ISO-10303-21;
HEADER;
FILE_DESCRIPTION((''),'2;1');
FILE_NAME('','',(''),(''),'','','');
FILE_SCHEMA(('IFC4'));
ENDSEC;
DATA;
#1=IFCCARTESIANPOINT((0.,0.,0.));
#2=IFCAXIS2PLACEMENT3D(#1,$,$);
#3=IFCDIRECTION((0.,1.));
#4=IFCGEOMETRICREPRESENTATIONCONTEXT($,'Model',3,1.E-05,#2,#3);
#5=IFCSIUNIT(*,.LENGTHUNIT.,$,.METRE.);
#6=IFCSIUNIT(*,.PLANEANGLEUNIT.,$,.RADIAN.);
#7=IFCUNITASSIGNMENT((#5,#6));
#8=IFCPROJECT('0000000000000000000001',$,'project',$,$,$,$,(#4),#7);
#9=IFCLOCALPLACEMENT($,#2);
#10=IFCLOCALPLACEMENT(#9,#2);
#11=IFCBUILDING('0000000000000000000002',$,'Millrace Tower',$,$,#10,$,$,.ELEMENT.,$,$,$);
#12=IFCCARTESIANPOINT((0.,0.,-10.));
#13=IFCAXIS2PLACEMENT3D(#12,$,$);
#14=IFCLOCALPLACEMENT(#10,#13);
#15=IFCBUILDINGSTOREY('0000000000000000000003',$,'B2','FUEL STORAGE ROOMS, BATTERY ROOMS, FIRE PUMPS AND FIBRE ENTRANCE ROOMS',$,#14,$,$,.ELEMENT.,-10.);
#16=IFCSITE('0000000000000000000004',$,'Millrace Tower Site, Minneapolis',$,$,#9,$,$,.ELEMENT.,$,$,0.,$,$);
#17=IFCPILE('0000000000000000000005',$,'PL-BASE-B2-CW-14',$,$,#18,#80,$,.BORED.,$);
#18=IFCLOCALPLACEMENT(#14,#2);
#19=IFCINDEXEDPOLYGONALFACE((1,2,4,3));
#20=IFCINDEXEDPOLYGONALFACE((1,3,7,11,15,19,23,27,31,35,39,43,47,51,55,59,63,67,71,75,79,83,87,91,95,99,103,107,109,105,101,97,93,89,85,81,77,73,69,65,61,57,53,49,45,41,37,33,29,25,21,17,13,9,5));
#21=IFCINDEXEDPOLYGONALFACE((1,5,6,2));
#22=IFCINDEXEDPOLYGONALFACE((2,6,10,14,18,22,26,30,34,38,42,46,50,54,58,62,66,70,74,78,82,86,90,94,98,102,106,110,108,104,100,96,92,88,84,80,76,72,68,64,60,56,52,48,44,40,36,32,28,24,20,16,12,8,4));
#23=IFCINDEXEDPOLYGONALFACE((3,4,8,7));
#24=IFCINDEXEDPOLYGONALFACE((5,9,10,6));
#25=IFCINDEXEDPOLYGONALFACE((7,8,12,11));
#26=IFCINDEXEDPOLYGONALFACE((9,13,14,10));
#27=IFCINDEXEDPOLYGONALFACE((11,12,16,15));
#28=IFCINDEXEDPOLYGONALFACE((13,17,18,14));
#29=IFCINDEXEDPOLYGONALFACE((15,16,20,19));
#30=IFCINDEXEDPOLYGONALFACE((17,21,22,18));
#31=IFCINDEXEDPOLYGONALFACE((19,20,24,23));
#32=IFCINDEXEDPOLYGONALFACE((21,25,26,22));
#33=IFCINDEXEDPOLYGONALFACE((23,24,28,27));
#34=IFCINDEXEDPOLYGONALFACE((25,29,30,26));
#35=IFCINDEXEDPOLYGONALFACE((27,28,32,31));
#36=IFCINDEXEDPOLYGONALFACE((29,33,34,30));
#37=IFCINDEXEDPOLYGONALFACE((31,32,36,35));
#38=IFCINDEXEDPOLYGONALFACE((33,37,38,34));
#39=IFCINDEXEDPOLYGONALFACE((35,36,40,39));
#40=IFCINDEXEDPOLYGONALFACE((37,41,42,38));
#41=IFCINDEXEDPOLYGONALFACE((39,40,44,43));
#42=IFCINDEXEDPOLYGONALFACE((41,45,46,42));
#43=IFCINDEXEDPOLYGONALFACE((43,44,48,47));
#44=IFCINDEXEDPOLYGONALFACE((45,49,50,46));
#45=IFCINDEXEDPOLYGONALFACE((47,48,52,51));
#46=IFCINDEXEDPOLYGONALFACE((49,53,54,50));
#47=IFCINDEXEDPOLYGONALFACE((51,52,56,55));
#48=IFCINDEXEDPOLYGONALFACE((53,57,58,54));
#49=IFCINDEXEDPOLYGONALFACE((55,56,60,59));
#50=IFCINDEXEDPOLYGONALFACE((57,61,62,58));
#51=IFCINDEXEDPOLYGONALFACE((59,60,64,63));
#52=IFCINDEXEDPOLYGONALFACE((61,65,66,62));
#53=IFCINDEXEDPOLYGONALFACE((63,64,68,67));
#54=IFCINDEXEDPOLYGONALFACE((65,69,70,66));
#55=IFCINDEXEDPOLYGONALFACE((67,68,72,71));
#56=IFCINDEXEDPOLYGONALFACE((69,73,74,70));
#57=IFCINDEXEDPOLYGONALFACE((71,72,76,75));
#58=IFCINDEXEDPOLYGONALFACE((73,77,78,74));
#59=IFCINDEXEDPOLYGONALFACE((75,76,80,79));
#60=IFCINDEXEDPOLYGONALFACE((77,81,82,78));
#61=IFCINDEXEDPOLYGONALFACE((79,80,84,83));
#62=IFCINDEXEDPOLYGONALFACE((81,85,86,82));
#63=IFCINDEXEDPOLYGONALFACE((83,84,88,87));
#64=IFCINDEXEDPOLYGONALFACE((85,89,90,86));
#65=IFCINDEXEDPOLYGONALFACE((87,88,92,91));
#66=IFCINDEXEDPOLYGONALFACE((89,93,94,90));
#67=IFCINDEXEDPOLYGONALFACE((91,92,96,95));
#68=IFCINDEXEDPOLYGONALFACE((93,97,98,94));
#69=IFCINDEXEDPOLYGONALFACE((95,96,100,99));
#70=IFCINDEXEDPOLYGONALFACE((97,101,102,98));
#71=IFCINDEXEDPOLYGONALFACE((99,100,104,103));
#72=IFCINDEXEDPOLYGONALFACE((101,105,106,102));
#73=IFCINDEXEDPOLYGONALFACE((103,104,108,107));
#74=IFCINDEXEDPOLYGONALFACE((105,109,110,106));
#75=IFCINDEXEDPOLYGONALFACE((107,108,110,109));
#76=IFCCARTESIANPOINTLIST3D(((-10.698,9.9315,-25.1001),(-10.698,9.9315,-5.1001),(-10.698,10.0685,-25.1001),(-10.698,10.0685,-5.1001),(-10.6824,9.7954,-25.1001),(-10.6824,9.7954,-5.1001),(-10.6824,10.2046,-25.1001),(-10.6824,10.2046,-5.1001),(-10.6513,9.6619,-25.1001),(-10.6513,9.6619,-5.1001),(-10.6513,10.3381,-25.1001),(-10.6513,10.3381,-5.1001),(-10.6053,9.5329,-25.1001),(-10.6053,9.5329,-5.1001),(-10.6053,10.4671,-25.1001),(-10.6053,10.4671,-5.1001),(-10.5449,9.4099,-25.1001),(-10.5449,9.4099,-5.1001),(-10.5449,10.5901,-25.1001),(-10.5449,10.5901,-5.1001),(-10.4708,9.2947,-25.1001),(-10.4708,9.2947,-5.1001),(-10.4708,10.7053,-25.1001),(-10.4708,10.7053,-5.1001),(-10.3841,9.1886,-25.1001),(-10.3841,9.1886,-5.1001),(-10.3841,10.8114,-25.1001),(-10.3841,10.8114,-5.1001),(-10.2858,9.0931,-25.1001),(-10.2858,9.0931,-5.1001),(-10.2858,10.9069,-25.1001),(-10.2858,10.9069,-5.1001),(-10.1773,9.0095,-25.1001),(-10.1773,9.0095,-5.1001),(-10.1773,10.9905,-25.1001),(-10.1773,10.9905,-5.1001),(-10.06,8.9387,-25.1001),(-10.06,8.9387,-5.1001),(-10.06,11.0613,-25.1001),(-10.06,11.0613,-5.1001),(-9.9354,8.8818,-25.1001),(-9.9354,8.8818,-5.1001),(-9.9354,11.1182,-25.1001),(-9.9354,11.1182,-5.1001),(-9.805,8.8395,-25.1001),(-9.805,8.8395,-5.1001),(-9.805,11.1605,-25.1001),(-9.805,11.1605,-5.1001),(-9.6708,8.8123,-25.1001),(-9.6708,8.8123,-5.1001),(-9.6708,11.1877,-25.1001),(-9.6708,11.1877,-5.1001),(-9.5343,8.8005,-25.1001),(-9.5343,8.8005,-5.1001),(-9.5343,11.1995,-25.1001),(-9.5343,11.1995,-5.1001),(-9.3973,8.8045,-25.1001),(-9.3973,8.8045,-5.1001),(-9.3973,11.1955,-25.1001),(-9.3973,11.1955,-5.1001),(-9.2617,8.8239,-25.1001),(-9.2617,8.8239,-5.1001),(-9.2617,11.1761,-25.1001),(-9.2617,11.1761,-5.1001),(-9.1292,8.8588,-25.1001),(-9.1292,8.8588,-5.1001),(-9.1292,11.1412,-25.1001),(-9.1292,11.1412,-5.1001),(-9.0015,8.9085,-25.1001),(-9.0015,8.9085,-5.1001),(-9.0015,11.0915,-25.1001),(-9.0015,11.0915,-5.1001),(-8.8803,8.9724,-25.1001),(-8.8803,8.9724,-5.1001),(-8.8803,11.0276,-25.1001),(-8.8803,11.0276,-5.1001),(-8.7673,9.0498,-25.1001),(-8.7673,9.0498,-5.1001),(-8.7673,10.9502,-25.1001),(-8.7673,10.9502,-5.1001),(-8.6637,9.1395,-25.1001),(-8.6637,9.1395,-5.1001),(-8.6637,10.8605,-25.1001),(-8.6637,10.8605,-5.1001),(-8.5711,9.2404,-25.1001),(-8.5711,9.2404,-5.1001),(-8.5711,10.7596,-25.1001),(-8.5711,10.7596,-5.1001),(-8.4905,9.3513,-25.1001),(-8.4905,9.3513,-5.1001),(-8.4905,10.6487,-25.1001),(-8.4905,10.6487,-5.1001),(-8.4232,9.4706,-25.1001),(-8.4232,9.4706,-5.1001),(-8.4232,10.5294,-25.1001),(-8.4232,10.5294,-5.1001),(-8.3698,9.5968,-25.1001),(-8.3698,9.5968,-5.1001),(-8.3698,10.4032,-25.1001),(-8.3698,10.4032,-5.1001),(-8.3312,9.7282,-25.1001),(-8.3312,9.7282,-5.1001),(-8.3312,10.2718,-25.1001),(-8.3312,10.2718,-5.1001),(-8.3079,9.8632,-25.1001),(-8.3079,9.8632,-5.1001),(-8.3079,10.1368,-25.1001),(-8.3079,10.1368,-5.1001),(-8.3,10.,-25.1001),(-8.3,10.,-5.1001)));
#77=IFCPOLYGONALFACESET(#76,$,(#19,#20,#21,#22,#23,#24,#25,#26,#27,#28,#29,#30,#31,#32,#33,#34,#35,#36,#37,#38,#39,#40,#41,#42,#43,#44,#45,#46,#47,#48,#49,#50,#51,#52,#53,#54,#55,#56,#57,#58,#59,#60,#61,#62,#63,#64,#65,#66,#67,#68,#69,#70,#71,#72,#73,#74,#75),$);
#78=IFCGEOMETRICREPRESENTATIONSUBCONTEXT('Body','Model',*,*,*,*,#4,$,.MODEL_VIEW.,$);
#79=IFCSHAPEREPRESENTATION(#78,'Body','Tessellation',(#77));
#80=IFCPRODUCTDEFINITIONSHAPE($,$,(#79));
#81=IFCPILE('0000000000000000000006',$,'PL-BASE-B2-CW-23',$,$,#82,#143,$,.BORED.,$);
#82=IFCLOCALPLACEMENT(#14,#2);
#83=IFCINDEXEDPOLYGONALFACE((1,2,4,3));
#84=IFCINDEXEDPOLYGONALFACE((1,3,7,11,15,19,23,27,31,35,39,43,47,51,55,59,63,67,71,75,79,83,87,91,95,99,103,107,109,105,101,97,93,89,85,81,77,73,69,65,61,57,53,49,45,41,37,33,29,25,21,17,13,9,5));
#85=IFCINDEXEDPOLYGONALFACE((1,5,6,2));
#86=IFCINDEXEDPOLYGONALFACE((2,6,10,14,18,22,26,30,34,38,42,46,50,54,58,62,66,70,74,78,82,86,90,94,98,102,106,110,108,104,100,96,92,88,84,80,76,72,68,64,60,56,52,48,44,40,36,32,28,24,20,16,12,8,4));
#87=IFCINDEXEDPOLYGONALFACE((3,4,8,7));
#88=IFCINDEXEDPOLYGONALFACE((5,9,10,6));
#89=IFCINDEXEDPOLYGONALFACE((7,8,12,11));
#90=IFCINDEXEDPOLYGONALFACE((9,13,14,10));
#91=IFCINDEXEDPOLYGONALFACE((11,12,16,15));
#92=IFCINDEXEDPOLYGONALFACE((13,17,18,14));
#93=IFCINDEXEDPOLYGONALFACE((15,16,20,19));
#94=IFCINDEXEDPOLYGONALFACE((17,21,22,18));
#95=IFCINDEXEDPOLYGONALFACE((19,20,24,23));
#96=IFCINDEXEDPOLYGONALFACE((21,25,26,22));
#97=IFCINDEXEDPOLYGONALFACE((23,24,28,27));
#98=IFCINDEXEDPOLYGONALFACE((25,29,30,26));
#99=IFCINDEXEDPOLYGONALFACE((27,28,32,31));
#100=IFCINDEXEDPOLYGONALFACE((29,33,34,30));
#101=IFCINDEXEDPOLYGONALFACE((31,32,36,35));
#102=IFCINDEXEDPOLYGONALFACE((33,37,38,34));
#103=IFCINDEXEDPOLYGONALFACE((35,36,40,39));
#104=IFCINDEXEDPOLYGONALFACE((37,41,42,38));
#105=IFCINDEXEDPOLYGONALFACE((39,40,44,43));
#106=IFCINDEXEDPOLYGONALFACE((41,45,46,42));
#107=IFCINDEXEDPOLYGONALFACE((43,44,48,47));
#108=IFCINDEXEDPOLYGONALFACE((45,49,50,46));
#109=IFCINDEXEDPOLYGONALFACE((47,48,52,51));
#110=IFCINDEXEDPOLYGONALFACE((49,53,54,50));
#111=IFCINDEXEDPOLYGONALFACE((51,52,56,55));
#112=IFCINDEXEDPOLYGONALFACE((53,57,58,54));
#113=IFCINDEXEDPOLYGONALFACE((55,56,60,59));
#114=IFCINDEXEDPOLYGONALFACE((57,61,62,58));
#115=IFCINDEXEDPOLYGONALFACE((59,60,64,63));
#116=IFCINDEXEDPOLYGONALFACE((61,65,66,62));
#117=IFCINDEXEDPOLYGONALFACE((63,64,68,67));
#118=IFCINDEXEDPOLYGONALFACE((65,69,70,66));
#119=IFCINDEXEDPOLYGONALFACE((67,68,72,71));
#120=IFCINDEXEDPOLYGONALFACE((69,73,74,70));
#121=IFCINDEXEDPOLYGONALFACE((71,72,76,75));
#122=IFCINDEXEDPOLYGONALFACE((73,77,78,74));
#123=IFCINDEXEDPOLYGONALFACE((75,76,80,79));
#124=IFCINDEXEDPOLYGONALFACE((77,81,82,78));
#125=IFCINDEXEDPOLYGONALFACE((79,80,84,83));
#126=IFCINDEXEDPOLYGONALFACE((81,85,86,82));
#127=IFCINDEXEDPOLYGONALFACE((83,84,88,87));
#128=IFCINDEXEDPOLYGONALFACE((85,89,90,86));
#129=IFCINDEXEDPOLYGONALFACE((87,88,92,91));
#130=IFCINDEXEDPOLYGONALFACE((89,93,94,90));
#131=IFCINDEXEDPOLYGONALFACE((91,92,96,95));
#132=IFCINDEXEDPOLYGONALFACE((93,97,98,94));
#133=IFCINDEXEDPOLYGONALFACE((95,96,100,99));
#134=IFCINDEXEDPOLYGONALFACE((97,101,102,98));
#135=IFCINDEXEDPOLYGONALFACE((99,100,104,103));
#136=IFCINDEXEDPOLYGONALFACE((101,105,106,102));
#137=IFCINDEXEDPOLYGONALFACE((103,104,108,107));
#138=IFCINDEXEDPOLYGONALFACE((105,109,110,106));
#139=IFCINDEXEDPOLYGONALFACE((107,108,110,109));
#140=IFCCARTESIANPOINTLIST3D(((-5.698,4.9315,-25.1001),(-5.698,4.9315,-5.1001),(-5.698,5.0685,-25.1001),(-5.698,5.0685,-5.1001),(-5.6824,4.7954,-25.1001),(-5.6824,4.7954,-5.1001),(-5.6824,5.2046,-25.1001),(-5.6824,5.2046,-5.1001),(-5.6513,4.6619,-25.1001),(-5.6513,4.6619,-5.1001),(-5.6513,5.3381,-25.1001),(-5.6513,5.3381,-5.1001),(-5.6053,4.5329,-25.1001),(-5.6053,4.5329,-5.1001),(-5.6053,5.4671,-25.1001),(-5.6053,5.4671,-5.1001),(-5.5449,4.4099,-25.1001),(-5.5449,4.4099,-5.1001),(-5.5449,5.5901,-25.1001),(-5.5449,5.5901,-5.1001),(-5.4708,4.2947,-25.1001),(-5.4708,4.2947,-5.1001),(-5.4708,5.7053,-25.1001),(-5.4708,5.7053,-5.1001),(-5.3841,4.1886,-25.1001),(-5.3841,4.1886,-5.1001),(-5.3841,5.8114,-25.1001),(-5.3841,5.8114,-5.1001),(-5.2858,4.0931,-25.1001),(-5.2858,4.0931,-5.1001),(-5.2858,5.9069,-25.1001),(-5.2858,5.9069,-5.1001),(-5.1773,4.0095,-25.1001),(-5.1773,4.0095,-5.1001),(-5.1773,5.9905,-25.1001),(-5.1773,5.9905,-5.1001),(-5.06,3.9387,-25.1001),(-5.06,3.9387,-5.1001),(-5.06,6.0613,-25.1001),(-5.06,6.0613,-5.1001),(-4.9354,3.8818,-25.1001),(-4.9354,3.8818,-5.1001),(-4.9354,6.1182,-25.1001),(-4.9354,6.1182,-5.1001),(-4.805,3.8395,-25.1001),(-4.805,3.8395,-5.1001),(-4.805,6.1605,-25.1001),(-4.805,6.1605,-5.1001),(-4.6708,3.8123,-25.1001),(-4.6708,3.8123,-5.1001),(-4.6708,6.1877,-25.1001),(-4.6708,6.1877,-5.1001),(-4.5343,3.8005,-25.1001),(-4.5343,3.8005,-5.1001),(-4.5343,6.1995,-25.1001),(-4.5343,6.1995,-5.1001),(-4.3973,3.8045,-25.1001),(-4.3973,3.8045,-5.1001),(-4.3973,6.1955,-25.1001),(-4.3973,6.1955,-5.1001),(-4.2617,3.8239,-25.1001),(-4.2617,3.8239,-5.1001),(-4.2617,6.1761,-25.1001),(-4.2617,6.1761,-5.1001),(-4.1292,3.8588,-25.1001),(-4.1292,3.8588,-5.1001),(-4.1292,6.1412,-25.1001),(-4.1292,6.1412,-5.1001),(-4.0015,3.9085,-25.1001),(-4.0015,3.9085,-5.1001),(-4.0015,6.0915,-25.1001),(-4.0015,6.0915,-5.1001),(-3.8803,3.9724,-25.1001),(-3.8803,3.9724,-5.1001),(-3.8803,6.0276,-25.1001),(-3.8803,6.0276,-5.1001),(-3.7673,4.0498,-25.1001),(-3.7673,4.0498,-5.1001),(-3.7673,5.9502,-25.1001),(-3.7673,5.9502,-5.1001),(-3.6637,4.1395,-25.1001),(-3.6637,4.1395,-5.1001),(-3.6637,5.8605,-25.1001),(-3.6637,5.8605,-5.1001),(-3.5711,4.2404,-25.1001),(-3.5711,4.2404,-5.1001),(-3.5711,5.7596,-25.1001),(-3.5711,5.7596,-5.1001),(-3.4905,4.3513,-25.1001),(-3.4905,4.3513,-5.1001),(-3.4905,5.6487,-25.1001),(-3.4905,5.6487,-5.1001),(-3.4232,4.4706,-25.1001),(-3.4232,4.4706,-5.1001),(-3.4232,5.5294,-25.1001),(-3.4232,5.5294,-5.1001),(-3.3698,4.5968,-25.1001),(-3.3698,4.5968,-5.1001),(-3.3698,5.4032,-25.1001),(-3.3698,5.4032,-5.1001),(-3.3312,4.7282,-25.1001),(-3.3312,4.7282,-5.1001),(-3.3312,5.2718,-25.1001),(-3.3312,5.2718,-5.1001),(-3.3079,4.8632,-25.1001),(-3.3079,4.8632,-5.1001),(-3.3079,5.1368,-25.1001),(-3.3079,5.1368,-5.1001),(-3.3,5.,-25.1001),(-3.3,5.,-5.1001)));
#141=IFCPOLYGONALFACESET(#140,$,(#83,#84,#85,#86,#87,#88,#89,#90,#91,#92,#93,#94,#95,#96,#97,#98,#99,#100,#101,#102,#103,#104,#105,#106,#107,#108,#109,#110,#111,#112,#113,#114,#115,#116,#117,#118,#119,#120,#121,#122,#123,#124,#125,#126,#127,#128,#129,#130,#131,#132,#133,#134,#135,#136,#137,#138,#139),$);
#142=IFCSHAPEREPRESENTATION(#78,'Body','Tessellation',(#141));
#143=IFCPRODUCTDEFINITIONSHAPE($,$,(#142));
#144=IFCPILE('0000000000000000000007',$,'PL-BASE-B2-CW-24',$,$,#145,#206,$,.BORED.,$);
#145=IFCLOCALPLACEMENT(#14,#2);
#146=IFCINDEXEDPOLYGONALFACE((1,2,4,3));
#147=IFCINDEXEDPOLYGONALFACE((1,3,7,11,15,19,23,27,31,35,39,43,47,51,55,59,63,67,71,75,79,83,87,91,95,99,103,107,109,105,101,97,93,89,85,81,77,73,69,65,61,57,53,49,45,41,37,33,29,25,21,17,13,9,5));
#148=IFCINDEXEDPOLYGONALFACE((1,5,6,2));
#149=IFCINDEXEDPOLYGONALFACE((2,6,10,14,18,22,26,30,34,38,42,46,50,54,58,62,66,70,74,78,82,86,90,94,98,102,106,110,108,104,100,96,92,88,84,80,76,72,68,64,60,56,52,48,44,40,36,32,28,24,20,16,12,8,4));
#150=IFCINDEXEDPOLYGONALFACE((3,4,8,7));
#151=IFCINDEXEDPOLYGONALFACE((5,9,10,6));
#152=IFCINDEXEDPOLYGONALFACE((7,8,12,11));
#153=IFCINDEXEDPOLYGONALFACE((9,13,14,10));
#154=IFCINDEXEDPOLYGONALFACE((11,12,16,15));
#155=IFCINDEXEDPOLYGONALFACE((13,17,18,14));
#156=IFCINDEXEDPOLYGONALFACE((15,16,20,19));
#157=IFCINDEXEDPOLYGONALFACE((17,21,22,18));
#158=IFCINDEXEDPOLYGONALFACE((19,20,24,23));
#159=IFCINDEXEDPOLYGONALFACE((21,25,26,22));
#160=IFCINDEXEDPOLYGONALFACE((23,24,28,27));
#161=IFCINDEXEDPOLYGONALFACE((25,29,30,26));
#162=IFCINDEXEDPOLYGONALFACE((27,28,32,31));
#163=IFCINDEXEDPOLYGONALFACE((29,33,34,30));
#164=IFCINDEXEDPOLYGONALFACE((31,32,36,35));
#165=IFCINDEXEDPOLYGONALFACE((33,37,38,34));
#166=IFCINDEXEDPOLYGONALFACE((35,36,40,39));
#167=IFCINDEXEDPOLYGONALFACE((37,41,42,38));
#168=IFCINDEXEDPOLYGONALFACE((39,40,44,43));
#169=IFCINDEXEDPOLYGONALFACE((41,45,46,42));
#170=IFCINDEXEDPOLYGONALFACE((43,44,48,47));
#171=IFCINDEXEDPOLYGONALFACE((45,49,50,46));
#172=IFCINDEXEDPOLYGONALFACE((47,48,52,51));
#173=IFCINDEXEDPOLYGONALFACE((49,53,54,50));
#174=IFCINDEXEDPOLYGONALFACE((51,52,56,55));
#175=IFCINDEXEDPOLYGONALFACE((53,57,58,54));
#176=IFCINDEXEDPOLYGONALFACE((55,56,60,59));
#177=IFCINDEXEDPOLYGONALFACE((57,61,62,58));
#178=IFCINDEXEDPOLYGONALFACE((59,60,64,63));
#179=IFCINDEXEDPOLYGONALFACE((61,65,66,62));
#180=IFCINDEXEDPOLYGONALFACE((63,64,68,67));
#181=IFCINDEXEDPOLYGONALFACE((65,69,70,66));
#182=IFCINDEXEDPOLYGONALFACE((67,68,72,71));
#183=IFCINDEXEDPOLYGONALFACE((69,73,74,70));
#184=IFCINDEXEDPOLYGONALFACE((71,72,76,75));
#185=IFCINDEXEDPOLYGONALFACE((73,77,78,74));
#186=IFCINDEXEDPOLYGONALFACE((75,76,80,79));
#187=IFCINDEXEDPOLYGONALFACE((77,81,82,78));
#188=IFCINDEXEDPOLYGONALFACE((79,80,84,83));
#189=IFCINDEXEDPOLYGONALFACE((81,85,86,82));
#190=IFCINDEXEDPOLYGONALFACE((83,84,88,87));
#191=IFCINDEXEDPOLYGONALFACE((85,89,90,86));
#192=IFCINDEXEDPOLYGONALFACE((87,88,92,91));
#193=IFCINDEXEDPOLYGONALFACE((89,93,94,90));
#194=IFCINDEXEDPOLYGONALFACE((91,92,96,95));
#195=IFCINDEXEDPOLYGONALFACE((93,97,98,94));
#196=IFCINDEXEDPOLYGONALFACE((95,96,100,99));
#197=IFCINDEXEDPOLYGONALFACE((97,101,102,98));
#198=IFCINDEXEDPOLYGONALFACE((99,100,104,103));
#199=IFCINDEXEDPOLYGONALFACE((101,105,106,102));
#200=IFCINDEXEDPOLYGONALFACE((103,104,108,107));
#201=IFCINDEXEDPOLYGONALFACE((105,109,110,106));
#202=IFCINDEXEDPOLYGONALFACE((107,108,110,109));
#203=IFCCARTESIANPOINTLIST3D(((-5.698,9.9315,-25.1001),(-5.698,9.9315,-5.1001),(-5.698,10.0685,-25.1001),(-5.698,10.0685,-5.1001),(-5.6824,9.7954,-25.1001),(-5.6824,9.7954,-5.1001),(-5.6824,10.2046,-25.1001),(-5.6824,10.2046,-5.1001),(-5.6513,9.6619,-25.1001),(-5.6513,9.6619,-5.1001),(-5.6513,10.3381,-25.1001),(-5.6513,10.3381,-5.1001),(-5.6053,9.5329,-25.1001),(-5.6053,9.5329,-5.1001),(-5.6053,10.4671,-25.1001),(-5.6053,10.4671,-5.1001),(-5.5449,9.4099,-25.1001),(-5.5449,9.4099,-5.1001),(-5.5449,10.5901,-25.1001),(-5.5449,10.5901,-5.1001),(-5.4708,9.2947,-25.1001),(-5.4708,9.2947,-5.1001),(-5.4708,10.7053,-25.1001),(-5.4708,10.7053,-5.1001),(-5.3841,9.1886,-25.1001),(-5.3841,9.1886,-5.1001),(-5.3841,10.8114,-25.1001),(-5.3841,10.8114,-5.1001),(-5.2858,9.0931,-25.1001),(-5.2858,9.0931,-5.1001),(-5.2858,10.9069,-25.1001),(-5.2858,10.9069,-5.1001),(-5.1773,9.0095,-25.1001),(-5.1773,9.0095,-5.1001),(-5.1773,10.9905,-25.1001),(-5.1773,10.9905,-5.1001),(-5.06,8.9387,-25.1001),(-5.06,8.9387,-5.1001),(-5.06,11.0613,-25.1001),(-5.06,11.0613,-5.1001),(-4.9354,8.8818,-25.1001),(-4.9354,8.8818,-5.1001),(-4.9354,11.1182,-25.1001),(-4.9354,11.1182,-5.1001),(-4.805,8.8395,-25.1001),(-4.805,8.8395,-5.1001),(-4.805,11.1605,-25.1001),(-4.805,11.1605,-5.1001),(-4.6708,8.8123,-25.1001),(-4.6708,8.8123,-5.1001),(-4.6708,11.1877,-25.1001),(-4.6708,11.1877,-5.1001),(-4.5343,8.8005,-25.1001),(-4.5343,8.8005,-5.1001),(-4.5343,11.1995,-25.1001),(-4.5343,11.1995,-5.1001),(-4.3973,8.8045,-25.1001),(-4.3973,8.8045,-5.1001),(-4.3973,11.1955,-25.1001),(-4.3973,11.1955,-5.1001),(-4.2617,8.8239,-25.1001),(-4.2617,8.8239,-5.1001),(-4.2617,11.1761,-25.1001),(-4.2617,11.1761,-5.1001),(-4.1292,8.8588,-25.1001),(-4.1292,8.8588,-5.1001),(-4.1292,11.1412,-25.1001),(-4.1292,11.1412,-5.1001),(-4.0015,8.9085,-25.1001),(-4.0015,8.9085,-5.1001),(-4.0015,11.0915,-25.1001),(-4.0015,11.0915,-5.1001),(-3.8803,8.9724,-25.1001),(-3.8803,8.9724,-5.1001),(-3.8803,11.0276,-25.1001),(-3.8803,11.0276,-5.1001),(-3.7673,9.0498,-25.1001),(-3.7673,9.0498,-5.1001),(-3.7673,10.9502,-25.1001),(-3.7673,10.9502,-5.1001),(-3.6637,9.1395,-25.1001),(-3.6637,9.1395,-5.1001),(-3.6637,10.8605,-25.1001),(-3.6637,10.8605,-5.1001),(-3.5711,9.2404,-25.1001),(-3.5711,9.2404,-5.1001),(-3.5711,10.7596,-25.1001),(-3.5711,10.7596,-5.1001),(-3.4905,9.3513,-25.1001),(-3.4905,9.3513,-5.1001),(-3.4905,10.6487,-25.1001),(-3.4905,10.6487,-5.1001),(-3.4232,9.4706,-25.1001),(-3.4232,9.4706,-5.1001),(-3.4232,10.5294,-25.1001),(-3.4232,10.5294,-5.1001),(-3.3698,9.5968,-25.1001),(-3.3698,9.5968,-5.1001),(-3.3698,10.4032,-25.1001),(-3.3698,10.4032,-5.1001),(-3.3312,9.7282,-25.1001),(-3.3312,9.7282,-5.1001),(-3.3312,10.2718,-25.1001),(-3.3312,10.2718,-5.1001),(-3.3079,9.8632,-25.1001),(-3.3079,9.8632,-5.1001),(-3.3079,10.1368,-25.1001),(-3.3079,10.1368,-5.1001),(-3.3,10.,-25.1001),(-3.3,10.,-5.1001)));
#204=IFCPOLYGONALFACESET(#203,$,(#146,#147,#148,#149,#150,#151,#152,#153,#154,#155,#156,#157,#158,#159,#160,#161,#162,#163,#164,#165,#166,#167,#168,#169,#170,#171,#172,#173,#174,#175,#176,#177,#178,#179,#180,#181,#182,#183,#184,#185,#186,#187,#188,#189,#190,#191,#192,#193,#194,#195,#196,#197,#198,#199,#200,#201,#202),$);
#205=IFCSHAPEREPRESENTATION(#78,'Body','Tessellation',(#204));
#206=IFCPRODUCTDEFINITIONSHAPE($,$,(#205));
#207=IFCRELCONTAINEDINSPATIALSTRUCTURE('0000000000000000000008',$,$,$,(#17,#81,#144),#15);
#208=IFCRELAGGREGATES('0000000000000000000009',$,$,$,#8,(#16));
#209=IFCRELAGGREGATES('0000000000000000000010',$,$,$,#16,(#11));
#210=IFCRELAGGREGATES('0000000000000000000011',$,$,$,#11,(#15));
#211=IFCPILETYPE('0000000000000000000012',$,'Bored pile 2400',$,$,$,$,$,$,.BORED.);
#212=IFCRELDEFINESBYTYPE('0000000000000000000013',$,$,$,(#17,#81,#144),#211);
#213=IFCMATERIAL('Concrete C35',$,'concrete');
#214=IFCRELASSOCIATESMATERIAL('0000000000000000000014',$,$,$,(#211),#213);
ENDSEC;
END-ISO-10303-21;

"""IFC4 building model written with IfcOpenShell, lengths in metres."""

from ifc_helpers import new_model, si_unit, direction, frame, origin, origin_2d, place, context, subcontext, project, spatial, circle, extrude, material, material_profile, profile_set, type_object, element, save


model = new_model("IFC4")

# Units and contexts
model_context = context("Model", 3, precision=1e-05, world=origin(), true_north=direction((0.0, 1.0)))
body_context = subcontext(model_context, "Body", "Model", "MODEL_VIEW")
ifc_project = project(units=[si_unit("LENGTHUNIT", "METRE"), si_unit("PLANEANGLEUNIT", "RADIAN")], contexts=[model_context])

# Site, building, storey
site_placement = place(None, origin())
site = spatial("IfcSite", under=ifc_project, at=site_placement, Name="Millrace Tower Site, Minneapolis", CompositionType="ELEMENT", RefElevation=0.0)
building_placement = place(site_placement, origin())
building = spatial("IfcBuilding", under=site, at=building_placement, Name="Millrace Tower", CompositionType="ELEMENT")
storey_placement = place(building_placement, frame((0.0, 0.0, -10.0)))
storey = spatial("IfcBuildingStorey", under=building, at=storey_placement, Name="B2", Description="FUEL STORAGE ROOMS, BATTERY ROOMS, FIRE PUMPS AND FIBRE ENTRANCE ROOMS", CompositionType="ELEMENT", Elevation=-10.0)

# Piles
ifc_material_1 = material(Name="Concrete C35", Category="concrete")
ifc_material_profile_1 = material_profile(ifc_material_1, circle(Radius=1.2, at=origin_2d()))
ifc_profile_set_1 = profile_set([ifc_material_profile_1], Name="Concrete C35")
pile_type = type_object("IfcPileType", Name="Bored pile 2400", PredefinedType="BORED", material=ifc_profile_set_1)
for number, where, z_axis, x_axis, name in (
    (1, (-9.5, 10.0, -5.1001), (0.0, 0.0, -1.0), (1.0, 0.0, 0.0), "PL-BASE-B2-CW-14"),
    (2, (-4.5, 5.0, -5.1001), (0.0, 0.0, -1.0), (1.0, 0.0, 0.0), "PL-BASE-B2-CW-23"),
    (3, (-4.5, 10.0, -5.1001), (0.0, 0.0, -1.0), (1.0, 0.0, 0.0), "PL-BASE-B2-CW-24"),
):
    element("IfcPile", number, at=place(storey_placement, frame(where, z_axis=z_axis, x_axis=x_axis)), inside=storey, type_object=pile_type, Name=name, PredefinedType="BORED", context=body_context, shape_type="SweptSolid", body=[
        extrude(circle(Radius=1.2, at=origin_2d()), origin(), (0.0, 0.0, 1.0), 20.0),
    ])

save(model, "model.ifc")
